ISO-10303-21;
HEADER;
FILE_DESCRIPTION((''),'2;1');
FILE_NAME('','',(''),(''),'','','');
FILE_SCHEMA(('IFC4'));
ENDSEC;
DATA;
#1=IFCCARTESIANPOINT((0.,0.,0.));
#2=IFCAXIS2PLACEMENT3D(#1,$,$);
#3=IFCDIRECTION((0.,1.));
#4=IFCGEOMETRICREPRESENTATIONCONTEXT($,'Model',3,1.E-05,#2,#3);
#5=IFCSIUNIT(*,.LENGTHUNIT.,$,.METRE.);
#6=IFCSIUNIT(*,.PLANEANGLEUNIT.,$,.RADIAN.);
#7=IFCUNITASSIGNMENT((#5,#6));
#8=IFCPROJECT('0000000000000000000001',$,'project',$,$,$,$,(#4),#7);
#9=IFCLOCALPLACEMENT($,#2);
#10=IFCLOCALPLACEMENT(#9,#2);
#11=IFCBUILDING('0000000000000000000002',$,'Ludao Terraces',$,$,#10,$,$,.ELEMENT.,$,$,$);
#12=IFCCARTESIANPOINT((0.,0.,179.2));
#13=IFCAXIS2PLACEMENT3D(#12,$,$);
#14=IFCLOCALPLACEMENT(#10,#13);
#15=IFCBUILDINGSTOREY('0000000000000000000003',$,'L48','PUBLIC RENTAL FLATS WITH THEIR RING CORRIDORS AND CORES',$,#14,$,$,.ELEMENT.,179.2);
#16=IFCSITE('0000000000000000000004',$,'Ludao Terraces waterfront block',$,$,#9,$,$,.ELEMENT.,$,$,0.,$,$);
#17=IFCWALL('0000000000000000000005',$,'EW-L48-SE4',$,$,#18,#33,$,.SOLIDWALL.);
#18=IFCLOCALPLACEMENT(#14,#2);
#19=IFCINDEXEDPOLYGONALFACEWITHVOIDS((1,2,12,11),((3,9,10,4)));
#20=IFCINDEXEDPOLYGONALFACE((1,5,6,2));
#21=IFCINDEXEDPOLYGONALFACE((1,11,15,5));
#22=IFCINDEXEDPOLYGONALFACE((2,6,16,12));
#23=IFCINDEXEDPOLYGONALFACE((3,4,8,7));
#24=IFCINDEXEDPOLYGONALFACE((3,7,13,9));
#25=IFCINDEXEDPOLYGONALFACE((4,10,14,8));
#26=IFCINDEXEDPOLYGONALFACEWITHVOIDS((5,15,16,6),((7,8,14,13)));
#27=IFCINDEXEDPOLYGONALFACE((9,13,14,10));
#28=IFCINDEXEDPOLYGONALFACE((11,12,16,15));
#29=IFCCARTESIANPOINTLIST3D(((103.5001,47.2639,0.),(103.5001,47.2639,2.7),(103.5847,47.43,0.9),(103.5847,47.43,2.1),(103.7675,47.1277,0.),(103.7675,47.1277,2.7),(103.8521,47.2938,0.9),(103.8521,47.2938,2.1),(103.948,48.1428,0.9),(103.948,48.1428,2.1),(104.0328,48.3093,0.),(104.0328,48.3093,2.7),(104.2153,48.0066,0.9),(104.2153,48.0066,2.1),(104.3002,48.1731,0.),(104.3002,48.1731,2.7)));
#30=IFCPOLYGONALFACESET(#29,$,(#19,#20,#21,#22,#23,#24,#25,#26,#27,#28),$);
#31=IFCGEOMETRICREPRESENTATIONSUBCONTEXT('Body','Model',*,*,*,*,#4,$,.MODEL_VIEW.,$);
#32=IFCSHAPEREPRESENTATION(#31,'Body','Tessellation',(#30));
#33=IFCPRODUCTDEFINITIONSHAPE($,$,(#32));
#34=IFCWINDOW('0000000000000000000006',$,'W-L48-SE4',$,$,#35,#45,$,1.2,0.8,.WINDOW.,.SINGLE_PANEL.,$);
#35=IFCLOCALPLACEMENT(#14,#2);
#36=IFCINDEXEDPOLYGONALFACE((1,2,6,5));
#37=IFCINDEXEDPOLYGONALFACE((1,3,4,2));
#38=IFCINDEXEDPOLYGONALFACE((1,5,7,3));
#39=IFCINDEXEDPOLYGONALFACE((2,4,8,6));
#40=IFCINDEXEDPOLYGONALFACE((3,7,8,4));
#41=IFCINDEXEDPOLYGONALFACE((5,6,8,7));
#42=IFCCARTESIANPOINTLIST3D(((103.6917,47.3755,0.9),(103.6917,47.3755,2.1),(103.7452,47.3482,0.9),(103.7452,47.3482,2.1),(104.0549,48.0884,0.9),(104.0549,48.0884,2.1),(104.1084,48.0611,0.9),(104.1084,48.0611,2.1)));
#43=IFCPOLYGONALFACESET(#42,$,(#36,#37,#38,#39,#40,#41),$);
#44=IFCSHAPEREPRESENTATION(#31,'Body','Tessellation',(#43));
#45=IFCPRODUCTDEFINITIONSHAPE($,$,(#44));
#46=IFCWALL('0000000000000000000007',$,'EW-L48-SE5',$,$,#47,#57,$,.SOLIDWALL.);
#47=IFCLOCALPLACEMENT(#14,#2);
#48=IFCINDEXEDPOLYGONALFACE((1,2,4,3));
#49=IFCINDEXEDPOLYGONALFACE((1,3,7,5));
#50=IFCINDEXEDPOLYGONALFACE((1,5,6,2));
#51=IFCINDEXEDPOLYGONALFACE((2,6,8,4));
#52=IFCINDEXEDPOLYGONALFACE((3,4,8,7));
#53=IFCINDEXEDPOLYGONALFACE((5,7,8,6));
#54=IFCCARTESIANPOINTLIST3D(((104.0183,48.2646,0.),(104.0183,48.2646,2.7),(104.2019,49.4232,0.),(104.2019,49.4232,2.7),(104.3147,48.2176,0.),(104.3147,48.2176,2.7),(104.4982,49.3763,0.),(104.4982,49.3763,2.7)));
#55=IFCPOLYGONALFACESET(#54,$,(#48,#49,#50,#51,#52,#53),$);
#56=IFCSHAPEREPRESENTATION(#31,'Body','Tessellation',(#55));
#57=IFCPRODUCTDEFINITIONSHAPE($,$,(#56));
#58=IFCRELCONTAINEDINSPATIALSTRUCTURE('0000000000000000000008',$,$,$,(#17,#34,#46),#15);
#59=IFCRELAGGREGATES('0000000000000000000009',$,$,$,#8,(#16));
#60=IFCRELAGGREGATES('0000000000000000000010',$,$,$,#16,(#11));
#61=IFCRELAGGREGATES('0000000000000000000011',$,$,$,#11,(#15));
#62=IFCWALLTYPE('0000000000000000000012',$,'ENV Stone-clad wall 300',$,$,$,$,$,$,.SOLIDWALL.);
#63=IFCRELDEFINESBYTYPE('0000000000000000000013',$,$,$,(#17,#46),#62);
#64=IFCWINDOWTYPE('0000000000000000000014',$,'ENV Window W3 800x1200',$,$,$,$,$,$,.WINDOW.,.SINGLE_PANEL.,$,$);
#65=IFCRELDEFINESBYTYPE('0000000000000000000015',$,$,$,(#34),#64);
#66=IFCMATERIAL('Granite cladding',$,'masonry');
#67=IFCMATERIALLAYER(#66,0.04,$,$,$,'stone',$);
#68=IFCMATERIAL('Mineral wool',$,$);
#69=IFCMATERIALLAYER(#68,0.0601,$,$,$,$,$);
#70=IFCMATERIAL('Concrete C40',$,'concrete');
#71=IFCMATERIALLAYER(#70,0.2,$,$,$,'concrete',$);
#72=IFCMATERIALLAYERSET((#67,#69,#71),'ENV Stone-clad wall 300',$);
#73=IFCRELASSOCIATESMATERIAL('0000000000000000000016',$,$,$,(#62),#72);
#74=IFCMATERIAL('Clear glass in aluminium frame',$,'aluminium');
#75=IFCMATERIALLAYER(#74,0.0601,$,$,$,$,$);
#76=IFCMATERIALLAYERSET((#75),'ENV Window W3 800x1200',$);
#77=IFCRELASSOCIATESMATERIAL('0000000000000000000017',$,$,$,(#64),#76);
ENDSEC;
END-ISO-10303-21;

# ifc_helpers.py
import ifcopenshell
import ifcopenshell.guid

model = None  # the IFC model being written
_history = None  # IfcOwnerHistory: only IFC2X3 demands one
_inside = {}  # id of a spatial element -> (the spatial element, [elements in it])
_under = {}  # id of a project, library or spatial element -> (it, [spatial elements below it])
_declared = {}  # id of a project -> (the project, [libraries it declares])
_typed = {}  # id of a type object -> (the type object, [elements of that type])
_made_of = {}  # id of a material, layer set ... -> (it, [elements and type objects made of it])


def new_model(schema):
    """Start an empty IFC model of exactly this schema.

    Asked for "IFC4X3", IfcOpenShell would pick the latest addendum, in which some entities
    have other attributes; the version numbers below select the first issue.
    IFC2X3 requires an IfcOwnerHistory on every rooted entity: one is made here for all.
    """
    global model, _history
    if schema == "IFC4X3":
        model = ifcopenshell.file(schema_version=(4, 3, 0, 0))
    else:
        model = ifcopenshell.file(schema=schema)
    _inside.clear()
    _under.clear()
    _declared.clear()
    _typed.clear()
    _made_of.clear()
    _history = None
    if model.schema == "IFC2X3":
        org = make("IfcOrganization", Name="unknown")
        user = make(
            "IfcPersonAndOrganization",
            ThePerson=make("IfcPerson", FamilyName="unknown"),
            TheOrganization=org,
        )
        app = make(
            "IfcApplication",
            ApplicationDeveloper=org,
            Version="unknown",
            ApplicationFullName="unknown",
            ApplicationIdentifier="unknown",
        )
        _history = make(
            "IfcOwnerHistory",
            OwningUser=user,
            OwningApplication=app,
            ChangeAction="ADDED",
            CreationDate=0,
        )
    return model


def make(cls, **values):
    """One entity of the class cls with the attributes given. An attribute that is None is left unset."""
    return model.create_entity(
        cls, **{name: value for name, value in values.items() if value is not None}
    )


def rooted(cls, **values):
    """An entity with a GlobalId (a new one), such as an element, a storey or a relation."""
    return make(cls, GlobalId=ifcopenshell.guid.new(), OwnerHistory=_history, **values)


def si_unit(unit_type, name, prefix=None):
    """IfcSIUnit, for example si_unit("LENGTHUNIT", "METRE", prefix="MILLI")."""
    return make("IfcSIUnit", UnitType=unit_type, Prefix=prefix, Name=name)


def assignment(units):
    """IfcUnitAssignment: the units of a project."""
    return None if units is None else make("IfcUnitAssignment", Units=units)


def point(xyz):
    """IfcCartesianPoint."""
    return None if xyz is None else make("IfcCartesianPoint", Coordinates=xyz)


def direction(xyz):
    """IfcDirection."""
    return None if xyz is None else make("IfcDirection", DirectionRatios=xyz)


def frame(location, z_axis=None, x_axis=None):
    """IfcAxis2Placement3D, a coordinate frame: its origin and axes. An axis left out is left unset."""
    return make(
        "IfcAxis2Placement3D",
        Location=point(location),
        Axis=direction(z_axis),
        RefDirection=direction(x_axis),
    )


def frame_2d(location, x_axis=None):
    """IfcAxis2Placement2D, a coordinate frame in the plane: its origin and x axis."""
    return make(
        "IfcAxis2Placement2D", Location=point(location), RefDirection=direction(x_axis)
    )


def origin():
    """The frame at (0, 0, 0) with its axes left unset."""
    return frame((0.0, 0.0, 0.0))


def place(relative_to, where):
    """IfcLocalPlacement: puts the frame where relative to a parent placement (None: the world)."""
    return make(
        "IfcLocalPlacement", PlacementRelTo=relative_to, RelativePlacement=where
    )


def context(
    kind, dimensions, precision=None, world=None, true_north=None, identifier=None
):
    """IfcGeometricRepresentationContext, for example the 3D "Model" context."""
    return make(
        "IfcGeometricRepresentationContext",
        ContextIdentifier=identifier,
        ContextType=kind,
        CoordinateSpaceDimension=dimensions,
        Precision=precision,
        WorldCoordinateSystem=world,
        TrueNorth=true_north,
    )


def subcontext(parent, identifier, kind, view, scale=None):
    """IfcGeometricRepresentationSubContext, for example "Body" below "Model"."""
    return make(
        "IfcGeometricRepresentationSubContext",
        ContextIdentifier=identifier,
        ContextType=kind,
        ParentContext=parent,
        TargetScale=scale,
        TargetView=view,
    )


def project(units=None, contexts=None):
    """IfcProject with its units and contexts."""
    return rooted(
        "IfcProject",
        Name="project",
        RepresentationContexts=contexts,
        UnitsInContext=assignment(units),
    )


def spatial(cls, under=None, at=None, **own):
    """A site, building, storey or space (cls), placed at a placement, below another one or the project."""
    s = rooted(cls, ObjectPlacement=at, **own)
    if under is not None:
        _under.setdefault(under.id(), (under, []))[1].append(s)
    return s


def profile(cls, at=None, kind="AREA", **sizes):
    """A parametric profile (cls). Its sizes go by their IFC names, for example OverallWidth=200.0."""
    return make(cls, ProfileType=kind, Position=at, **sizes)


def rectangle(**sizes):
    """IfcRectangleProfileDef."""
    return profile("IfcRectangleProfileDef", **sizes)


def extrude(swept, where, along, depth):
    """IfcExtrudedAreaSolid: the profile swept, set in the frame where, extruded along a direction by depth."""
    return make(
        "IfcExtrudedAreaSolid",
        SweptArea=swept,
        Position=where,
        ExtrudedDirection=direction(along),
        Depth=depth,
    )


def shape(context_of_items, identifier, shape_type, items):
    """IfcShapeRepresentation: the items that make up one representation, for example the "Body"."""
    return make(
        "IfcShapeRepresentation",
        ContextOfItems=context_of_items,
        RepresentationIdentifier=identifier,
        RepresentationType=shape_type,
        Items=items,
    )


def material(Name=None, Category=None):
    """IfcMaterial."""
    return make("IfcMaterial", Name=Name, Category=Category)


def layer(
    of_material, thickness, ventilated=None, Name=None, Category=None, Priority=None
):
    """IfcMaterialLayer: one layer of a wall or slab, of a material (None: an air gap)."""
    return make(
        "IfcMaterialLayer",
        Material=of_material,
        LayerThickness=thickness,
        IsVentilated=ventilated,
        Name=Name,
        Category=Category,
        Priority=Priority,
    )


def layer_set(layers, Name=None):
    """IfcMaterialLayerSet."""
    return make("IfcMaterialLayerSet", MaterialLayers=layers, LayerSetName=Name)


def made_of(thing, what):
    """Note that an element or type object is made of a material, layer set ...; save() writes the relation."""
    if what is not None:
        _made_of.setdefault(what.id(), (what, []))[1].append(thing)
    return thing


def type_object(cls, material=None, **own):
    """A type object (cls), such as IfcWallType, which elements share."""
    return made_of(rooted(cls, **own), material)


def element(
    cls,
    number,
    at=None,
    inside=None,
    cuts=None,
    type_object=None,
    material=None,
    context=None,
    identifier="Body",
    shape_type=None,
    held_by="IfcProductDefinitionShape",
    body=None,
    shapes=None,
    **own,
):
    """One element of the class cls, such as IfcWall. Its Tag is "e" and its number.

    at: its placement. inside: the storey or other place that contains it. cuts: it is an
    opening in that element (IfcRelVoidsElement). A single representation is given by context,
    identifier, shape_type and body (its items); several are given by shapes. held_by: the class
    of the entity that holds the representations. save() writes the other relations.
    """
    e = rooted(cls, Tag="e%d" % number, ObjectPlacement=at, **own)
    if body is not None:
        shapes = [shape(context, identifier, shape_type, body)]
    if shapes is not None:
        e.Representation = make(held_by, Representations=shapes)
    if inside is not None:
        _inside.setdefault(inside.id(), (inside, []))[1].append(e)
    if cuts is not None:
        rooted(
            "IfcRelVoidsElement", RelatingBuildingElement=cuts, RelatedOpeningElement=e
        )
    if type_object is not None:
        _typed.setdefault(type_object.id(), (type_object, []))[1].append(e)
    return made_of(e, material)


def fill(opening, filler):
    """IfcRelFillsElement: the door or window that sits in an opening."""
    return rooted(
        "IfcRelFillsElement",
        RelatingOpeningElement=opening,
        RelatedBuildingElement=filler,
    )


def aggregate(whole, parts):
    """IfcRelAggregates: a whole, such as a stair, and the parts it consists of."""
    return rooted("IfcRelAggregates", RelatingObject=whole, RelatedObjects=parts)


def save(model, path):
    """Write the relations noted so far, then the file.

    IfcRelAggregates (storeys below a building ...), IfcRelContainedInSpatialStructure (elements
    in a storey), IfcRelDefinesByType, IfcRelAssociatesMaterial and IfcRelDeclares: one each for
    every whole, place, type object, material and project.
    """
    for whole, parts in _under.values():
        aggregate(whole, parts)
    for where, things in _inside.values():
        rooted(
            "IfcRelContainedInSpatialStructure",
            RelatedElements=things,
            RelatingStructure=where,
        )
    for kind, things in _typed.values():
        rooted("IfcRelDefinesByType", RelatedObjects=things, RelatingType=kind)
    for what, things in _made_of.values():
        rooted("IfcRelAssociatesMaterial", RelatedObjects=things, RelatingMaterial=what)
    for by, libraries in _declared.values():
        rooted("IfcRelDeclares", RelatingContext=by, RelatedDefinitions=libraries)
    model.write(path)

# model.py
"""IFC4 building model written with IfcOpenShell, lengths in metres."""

from ifc_helpers import new_model, si_unit, direction, frame, frame_2d, origin, place, context, subcontext, project, spatial, rectangle, extrude, material, layer, layer_set, type_object, element, fill, save


model = new_model("IFC4")

# Units and contexts
model_context = context("Model", 3, precision=1e-05, world=origin(), true_north=direction((0.0, 1.0)))
body_context = subcontext(model_context, "Body", "Model", "MODEL_VIEW")
ifc_project = project(units=[si_unit("LENGTHUNIT", "METRE"), si_unit("PLANEANGLEUNIT", "RADIAN")], contexts=[model_context])

# Site, building, storey
site_placement = place(None, origin())
site = spatial("IfcSite", under=ifc_project, at=site_placement, Name="Ludao Terraces waterfront block", CompositionType="ELEMENT", RefElevation=0.0)
building_placement = place(site_placement, origin())
building = spatial("IfcBuilding", under=site, at=building_placement, Name="Ludao Terraces", CompositionType="ELEMENT")
storey_placement = place(building_placement, frame((0.0, 0.0, 179.2)))
storey = spatial("IfcBuildingStorey", under=building, at=storey_placement, Name="L48", Description="PUBLIC RENTAL FLATS WITH THEIR RING CORRIDORS AND CORES", CompositionType="ELEMENT", Elevation=179.2)

# Shared definitions
ifc_material_1 = material(Name="Concrete C40", Category="concrete")

# Wall, opening, window
ifc_material_2 = material(Name="Granite cladding", Category="masonry")
ifc_layer_1 = layer(ifc_material_2, 0.04, Category="stone")
ifc_material_3 = material(Name="Mineral wool")
ifc_layer_2 = layer(ifc_material_3, 0.0601)
ifc_layer_3 = layer(ifc_material_1, 0.2, Category="concrete")
ifc_layer_set_1 = layer_set([ifc_layer_1, ifc_layer_2, ifc_layer_3], Name="ENV Stone-clad wall 300")
wall_type = type_object("IfcWallType", Name="ENV Stone-clad wall 300", PredefinedType="SOLIDWALL", material=ifc_layer_set_1)
ifc_material_4 = material(Name="Clear glass in aluminium frame", Category="aluminium")
ifc_layer_4 = layer(ifc_material_4, 0.0601)
ifc_layer_set_2 = layer_set([ifc_layer_4], Name="ENV Window W3 800x1200")
window_type_1 = type_object("IfcWindowType", Name="ENV Window W3 800x1200", PartitioningType="SINGLE_PANEL", PredefinedType="WINDOW", material=ifc_layer_set_2)
wall_1_placement = place(storey_placement, frame((103.6338, 47.1958, 0.0), z_axis=(0.0, 0.0, 1.0), x_axis=(0.454026, 0.890989, 0.0)))
wall_1 = element("IfcWall", 1, at=wall_1_placement, inside=storey, type_object=wall_type, Name="EW-L48-SE4", PredefinedType="SOLIDWALL", context=body_context, shape_type="SweptSolid", body=[
    extrude(rectangle(XDim=1.1733, YDim=0.3, at=frame_2d((0.5867, 0.0))), origin(), (0.0, 0.0, 1.0), 2.7),
])
opening_1_placement = place(wall_1_placement, frame((0.1865, 0.0, 0.8999)))
opening_1 = element("IfcOpeningElement", 2, at=opening_1_placement, cuts=wall_1, PredefinedType="OPENING", context=body_context, shape_type="SweptSolid", body=[
    extrude(rectangle(XDim=0.8, YDim=1.2, at=frame_2d((0.3999, 0.6001))), frame((0.0, 0.1602, 0.0), z_axis=(0.0, -1.0, 0.0), x_axis=(1.0, 0.0, 0.0)), (0.0, 0.0, 1.0), 0.3201),
])
window_1_placement = place(opening_1_placement, origin())
window_1 = element("IfcWindow", 3, at=window_1_placement, inside=storey, type_object=window_type_1, Name="W-L48-SE4", OverallHeight=1.2, OverallWidth=0.8, PartitioningType="SINGLE_PANEL", PredefinedType="WINDOW", context=body_context, shape_type="SweptSolid", body=[
    extrude(rectangle(XDim=0.8, YDim=1.2, at=frame_2d((0.3999, 0.6001))), frame((0.0, 0.03, 0.0), z_axis=(0.0, -1.0, 0.0), x_axis=(1.0, 0.0, 0.0)), (0.0, 0.0, 1.0), 0.0601),
])
fill(opening_1, window_1)

# Wall
wall_2_placement = place(storey_placement, frame((104.1665, 48.2412, 0.0), z_axis=(0.0, 0.0, 1.0), x_axis=(0.156497, 0.987678, 0.0)))
element("IfcWall", 4, at=wall_2_placement, inside=storey, type_object=wall_type, Name="EW-L48-SE5", PredefinedType="SOLIDWALL", context=body_context, shape_type="SweptSolid", body=[
    extrude(rectangle(XDim=1.1731, YDim=0.3, at=frame_2d((0.5864, 0.0))), origin(), (0.0, 0.0, 1.0), 2.7),
])

save(model, "model.ifc")
